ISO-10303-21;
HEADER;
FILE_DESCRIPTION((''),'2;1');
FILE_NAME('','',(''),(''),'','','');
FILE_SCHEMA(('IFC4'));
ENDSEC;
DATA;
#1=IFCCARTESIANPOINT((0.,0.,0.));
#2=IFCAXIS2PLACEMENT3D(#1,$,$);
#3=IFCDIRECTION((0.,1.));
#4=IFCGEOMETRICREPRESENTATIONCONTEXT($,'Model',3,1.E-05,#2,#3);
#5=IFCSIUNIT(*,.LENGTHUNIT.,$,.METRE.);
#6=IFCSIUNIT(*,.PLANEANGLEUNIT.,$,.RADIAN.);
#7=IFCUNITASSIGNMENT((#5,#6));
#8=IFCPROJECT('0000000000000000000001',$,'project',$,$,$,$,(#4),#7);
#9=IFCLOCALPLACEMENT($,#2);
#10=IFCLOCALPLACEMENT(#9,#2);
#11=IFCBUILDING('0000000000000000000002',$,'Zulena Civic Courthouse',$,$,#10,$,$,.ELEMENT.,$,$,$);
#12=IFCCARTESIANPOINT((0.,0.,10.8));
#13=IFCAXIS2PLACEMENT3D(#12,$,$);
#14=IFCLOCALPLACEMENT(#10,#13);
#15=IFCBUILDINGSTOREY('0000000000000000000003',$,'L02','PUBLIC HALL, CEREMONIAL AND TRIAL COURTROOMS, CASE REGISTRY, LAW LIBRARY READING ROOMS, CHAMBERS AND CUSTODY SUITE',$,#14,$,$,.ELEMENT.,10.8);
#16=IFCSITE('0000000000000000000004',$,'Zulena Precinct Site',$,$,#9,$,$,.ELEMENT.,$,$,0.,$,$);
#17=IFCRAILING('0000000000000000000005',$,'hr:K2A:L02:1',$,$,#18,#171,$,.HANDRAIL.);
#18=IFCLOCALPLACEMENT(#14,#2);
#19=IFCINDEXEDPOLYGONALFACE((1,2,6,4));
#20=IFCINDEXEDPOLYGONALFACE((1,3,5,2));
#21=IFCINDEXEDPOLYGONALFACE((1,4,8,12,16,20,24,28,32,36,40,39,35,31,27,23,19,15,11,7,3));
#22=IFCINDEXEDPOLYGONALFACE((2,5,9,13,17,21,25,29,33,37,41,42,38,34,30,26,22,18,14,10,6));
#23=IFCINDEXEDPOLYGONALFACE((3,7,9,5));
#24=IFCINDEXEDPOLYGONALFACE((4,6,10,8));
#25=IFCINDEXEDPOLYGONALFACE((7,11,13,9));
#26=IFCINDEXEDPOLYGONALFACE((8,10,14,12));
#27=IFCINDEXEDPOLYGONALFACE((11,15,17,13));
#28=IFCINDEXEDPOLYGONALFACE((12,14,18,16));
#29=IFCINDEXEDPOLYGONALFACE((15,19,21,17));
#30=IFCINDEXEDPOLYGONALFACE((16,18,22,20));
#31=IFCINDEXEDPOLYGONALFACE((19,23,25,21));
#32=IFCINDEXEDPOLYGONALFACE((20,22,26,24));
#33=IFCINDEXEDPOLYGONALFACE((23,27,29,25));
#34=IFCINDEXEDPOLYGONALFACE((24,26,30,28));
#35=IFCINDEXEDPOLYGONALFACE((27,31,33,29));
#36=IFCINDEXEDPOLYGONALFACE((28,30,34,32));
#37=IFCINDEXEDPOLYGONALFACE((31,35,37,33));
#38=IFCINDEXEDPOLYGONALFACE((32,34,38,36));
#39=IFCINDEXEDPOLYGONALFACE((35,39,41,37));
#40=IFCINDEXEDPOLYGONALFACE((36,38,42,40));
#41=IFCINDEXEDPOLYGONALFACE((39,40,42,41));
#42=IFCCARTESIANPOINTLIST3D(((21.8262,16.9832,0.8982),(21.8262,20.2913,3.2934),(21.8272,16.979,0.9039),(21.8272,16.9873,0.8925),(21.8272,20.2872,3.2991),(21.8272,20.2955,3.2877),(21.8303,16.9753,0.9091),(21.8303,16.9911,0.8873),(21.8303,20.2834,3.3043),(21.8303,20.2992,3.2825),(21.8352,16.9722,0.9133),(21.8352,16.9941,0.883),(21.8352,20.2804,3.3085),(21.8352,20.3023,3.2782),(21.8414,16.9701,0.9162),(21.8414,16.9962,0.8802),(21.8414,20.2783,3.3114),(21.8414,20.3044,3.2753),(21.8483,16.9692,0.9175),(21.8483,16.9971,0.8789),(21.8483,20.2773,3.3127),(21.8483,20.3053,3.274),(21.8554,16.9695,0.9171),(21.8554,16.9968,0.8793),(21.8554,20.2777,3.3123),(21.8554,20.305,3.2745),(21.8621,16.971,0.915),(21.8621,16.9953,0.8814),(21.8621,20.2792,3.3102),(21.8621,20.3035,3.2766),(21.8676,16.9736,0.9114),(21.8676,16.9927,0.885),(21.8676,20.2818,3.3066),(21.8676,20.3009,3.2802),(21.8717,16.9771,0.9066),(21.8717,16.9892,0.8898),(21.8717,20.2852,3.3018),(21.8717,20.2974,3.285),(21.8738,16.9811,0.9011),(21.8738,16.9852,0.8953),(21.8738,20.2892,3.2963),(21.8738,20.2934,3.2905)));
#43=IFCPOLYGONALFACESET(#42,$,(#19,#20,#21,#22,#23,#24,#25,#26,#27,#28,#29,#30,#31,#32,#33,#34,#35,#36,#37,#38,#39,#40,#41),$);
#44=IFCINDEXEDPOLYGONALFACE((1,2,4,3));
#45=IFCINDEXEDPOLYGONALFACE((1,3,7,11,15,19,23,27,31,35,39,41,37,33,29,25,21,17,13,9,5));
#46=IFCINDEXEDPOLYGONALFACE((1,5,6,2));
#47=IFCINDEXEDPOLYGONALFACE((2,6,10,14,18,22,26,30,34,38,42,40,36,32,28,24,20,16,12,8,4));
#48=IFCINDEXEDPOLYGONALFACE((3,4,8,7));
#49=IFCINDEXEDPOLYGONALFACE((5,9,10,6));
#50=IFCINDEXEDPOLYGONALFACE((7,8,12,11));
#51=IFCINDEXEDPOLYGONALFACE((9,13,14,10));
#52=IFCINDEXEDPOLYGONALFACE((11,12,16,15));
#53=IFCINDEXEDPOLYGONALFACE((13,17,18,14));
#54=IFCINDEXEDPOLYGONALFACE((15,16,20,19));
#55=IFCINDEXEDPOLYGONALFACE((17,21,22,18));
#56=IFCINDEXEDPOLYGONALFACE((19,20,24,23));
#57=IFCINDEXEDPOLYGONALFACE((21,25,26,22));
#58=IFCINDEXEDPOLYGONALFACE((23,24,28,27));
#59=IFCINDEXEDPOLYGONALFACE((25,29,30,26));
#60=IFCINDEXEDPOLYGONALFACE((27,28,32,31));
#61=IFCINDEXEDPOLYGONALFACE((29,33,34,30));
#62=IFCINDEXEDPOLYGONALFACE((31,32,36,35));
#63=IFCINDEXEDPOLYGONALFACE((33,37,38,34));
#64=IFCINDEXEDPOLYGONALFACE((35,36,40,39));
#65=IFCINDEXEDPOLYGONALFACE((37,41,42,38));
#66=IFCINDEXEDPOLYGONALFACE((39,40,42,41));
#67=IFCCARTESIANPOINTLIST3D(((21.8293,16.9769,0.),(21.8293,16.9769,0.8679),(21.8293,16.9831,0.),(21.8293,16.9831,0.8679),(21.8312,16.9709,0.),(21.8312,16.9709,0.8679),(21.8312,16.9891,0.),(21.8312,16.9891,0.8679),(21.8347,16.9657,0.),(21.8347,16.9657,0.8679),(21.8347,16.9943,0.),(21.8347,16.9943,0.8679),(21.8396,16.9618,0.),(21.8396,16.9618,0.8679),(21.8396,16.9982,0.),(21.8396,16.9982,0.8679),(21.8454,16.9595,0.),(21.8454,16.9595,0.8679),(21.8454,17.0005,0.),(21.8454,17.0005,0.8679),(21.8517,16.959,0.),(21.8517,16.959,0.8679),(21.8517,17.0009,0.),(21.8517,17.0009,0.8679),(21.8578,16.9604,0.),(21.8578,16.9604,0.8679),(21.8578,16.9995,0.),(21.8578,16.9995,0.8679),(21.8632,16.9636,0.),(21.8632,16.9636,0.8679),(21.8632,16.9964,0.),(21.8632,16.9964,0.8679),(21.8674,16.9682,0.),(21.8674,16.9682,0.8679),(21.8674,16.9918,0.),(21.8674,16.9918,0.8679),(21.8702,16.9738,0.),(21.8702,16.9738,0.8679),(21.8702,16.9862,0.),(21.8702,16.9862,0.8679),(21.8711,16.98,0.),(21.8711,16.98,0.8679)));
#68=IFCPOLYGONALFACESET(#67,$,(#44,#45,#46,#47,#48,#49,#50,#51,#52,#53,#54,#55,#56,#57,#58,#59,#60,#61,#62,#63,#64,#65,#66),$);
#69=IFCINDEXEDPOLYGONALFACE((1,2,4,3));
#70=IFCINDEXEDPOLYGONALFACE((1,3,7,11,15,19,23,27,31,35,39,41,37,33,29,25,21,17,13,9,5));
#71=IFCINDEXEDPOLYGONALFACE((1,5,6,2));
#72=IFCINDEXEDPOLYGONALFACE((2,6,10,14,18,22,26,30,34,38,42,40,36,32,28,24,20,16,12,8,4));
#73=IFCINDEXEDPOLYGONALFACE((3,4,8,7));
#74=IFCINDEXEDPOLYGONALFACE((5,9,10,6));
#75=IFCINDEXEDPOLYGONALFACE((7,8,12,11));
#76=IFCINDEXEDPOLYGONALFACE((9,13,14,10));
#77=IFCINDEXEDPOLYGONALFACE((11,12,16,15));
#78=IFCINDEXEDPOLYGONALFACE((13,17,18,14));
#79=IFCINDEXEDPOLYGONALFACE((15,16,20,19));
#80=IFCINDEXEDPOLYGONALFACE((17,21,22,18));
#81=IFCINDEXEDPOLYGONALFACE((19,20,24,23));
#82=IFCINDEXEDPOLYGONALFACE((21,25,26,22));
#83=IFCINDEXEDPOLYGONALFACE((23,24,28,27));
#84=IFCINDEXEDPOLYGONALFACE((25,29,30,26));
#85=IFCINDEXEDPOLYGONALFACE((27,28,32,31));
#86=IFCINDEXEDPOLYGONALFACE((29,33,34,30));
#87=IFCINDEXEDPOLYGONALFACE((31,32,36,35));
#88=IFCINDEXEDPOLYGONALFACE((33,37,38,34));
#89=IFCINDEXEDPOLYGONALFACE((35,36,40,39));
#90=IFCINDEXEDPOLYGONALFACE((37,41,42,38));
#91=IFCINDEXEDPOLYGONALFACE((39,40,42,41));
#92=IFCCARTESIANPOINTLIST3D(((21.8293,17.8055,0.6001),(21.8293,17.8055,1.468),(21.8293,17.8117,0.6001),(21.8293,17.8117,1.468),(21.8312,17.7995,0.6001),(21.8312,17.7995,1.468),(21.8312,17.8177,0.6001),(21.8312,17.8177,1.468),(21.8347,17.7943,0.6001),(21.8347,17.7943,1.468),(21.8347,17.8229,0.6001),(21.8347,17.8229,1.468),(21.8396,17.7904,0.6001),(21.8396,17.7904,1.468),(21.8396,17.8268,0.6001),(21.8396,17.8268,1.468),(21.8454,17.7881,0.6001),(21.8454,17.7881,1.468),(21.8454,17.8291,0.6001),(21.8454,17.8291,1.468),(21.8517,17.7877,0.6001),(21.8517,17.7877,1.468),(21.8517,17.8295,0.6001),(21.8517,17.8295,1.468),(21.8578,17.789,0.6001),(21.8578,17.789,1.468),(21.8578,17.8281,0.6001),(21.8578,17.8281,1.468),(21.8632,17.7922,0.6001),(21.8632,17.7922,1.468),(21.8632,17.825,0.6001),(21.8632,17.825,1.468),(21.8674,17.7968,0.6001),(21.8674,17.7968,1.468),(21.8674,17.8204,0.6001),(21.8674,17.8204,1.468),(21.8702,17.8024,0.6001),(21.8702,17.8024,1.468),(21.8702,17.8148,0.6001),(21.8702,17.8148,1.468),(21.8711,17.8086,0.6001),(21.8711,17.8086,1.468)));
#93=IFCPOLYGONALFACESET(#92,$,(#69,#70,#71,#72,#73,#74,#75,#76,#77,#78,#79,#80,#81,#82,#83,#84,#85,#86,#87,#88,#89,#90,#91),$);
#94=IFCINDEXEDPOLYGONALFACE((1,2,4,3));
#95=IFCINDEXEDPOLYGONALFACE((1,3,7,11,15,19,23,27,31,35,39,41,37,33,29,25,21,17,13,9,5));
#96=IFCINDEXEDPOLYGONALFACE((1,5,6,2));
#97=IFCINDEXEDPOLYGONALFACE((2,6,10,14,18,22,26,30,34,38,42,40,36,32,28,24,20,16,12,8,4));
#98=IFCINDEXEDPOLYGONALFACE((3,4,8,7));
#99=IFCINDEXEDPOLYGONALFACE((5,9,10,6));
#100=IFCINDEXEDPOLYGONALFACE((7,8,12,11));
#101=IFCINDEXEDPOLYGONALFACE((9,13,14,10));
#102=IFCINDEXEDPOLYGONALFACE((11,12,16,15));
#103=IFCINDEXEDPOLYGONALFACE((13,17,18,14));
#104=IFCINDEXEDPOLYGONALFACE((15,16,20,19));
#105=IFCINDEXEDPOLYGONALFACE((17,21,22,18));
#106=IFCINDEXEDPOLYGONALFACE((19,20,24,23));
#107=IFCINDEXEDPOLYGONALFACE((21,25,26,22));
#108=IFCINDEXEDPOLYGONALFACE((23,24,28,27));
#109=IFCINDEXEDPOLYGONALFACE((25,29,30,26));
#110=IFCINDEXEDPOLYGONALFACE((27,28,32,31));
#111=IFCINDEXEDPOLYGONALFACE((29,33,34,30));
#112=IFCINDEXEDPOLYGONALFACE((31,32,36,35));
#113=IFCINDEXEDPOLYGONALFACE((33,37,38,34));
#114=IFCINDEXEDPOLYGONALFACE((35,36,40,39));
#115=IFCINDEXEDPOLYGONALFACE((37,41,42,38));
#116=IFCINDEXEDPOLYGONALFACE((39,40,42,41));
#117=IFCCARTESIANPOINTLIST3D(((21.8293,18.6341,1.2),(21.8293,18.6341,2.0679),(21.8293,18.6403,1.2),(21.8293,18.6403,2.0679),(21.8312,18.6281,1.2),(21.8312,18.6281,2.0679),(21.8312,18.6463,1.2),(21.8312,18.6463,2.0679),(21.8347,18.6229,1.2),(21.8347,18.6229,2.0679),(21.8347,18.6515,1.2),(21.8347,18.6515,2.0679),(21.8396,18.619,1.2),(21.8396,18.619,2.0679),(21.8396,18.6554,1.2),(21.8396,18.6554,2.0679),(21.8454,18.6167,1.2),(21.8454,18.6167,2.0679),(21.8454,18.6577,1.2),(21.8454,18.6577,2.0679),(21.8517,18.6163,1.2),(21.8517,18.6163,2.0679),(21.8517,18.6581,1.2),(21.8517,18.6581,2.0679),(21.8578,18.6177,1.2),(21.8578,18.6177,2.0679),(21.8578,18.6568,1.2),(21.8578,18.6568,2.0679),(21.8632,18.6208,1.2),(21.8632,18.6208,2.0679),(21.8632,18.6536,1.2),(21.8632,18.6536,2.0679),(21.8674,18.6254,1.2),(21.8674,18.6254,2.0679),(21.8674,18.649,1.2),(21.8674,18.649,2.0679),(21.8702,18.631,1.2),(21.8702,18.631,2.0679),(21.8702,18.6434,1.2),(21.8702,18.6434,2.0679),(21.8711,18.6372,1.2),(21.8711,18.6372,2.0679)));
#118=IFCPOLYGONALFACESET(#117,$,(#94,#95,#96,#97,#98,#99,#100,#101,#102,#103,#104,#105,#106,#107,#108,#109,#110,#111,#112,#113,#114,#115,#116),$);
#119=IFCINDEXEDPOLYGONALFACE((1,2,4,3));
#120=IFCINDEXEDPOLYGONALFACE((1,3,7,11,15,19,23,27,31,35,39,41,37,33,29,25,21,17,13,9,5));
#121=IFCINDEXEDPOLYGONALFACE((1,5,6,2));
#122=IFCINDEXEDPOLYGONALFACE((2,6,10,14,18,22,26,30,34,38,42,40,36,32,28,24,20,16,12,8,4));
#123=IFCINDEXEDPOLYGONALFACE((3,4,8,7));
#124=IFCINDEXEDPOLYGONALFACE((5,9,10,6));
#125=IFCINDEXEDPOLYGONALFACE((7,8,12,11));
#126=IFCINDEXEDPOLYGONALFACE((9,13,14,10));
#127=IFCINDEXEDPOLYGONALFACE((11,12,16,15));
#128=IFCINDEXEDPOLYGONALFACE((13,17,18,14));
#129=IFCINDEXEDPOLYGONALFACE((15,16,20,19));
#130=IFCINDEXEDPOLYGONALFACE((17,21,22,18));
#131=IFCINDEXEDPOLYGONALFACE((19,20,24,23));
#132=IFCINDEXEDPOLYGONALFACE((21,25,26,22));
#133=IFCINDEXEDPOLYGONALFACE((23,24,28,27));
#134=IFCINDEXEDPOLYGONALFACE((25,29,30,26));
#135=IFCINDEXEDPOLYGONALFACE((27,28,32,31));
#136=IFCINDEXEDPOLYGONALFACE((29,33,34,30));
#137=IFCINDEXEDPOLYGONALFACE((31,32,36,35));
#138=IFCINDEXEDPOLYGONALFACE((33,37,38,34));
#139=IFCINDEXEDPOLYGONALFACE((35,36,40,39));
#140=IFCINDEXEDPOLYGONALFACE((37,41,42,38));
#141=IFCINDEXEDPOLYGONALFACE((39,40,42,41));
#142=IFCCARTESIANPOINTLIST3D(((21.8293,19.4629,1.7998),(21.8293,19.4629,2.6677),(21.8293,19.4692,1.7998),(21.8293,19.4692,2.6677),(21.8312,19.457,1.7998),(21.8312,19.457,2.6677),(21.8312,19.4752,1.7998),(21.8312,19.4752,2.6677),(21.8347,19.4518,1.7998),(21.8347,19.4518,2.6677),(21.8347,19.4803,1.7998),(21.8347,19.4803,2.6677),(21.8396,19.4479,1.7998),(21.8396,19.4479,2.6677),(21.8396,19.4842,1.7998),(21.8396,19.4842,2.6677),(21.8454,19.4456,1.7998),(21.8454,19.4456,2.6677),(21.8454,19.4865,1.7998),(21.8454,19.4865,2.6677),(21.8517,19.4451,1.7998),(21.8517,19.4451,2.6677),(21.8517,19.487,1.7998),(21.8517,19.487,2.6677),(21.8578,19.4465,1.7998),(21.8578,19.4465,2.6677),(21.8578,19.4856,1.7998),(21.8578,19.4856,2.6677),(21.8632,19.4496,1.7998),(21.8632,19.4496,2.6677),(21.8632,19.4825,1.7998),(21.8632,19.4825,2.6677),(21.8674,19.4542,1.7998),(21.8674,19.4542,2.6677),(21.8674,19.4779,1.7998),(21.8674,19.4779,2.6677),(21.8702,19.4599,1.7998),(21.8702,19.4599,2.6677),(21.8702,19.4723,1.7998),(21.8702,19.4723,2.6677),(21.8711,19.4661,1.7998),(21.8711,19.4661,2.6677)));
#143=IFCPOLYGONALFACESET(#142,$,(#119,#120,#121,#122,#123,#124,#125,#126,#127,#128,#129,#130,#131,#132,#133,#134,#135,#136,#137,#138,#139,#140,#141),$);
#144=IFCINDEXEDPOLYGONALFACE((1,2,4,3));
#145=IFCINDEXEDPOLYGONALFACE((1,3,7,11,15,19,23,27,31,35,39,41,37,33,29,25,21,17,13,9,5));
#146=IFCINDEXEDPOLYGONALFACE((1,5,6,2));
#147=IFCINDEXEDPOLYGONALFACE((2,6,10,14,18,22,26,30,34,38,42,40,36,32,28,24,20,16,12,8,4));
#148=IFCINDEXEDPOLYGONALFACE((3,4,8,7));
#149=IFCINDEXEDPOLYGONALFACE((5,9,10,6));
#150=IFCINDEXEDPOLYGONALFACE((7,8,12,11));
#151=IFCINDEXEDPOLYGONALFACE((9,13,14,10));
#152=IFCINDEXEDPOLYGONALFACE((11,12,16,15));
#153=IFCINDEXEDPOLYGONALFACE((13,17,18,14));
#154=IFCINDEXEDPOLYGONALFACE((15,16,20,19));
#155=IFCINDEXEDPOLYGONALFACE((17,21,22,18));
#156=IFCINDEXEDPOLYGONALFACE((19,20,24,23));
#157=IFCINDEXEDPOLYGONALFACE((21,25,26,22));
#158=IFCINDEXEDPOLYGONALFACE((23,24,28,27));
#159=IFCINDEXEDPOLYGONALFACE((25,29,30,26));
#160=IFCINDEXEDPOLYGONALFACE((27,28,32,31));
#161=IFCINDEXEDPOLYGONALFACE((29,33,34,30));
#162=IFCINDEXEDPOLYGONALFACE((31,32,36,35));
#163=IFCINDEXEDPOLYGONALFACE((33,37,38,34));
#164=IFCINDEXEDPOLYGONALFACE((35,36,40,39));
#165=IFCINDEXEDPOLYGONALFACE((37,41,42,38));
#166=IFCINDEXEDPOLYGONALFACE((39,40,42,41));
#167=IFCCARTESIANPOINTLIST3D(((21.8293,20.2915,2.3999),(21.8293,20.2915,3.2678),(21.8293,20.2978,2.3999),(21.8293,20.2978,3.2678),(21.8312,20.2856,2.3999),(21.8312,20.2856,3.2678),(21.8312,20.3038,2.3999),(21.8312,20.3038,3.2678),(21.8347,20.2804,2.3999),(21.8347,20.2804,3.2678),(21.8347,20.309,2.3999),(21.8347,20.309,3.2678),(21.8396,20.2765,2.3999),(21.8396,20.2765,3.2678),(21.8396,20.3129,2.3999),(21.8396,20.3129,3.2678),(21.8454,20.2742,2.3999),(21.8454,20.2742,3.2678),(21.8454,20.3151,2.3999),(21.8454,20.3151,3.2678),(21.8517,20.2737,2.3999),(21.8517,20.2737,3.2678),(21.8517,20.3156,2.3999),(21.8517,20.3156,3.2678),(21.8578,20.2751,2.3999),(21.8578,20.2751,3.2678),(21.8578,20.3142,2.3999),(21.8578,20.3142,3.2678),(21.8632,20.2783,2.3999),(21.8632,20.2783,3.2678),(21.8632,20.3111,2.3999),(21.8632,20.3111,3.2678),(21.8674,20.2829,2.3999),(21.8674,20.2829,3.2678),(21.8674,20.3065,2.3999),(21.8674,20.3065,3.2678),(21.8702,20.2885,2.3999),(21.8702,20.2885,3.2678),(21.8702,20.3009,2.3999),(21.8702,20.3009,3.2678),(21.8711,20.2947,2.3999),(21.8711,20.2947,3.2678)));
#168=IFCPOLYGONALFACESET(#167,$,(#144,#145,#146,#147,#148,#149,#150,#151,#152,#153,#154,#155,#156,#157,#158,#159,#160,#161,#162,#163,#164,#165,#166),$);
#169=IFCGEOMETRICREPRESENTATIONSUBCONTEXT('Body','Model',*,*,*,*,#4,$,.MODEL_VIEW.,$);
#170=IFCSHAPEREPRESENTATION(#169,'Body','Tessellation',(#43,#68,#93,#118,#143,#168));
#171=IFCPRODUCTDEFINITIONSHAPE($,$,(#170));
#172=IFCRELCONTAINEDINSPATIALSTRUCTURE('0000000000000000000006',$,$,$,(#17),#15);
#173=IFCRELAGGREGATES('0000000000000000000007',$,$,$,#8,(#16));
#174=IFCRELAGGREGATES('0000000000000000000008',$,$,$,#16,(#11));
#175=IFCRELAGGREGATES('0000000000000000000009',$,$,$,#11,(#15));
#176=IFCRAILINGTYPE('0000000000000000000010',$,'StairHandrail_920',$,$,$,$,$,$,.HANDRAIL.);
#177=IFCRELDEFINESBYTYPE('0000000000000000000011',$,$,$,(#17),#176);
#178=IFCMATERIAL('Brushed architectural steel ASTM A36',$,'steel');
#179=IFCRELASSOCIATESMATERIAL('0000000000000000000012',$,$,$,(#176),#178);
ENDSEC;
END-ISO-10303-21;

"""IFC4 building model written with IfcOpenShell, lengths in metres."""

from ifc_helpers import new_model, si_unit, direction, frame, origin, origin_2d, place, context, subcontext, project, spatial, circle, extrude, material, type_object, element, save


model = new_model("IFC4")

# Units and contexts
model_context = context("Model", 3, precision=1e-05, world=origin(), true_north=direction((0.0, 1.0)))
body_context = subcontext(model_context, "Body", "Model", "MODEL_VIEW")
ifc_project = project(units=[si_unit("LENGTHUNIT", "METRE"), si_unit("PLANEANGLEUNIT", "RADIAN")], contexts=[model_context])

# Site, building, storey
site_placement = place(None, origin())
site = spatial("IfcSite", under=ifc_project, at=site_placement, Name="Zulena Precinct Site", CompositionType="ELEMENT", RefElevation=0.0)
building_placement = place(site_placement, origin())
building = spatial("IfcBuilding", under=site, at=building_placement, Name="Zulena Civic Courthouse", CompositionType="ELEMENT")
storey_placement = place(building_placement, frame((0.0, 0.0, 10.8)))
storey = spatial("IfcBuildingStorey", under=building, at=storey_placement, Name="L02", Description="PUBLIC HALL, CEREMONIAL AND TRIAL COURTROOMS, CASE REGISTRY, LAW LIBRARY READING ROOMS, CHAMBERS AND CUSTODY SUITE", CompositionType="ELEMENT", Elevation=10.8)

# Railing
ifc_material_1 = material(Name="Brushed architectural steel ASTM A36", Category="steel")
railing_type_1 = type_object("IfcRailingType", Name="StairHandrail_920", PredefinedType="HANDRAIL", material=ifc_material_1)
railing_1_placement = place(storey_placement, frame((21.8501, 16.98, 0.0)))
element("IfcRailing", 1, at=railing_1_placement, inside=storey, type_object=railing_type_1, Name="hr:K2A:L02:1", PredefinedType="HANDRAIL", context=body_context, shape_type="SweptSolid", body=[
    extrude(circle(Radius=0.0239, at=origin_2d()), frame((0.0, 0.0032, 0.8982), z_axis=(0.0, 0.809988, 0.586446), x_axis=(-1.0, 0.0, 0.0)), (0.0, 0.0, 1.0), 4.0842),
    extrude(circle(Radius=0.021, at=origin_2d()), origin(), (0.0, 0.0, 1.0), 0.8679),
    extrude(circle(Radius=0.021, at=origin_2d()), frame((0.0, 0.8286, 0.6001)), (0.0, 0.0, 1.0), 0.8679),
    extrude(circle(Radius=0.021, at=origin_2d()), frame((0.0, 1.6572, 1.2)), (0.0, 0.0, 1.0), 0.8679),
    extrude(circle(Radius=0.021, at=origin_2d()), frame((0.0, 2.4861, 1.7998)), (0.0, 0.0, 1.0), 0.8679),
    extrude(circle(Radius=0.021, at=origin_2d()), frame((0.0, 3.3147, 2.3999)), (0.0, 0.0, 1.0), 0.8679),
])

save(model, "model.ifc")
